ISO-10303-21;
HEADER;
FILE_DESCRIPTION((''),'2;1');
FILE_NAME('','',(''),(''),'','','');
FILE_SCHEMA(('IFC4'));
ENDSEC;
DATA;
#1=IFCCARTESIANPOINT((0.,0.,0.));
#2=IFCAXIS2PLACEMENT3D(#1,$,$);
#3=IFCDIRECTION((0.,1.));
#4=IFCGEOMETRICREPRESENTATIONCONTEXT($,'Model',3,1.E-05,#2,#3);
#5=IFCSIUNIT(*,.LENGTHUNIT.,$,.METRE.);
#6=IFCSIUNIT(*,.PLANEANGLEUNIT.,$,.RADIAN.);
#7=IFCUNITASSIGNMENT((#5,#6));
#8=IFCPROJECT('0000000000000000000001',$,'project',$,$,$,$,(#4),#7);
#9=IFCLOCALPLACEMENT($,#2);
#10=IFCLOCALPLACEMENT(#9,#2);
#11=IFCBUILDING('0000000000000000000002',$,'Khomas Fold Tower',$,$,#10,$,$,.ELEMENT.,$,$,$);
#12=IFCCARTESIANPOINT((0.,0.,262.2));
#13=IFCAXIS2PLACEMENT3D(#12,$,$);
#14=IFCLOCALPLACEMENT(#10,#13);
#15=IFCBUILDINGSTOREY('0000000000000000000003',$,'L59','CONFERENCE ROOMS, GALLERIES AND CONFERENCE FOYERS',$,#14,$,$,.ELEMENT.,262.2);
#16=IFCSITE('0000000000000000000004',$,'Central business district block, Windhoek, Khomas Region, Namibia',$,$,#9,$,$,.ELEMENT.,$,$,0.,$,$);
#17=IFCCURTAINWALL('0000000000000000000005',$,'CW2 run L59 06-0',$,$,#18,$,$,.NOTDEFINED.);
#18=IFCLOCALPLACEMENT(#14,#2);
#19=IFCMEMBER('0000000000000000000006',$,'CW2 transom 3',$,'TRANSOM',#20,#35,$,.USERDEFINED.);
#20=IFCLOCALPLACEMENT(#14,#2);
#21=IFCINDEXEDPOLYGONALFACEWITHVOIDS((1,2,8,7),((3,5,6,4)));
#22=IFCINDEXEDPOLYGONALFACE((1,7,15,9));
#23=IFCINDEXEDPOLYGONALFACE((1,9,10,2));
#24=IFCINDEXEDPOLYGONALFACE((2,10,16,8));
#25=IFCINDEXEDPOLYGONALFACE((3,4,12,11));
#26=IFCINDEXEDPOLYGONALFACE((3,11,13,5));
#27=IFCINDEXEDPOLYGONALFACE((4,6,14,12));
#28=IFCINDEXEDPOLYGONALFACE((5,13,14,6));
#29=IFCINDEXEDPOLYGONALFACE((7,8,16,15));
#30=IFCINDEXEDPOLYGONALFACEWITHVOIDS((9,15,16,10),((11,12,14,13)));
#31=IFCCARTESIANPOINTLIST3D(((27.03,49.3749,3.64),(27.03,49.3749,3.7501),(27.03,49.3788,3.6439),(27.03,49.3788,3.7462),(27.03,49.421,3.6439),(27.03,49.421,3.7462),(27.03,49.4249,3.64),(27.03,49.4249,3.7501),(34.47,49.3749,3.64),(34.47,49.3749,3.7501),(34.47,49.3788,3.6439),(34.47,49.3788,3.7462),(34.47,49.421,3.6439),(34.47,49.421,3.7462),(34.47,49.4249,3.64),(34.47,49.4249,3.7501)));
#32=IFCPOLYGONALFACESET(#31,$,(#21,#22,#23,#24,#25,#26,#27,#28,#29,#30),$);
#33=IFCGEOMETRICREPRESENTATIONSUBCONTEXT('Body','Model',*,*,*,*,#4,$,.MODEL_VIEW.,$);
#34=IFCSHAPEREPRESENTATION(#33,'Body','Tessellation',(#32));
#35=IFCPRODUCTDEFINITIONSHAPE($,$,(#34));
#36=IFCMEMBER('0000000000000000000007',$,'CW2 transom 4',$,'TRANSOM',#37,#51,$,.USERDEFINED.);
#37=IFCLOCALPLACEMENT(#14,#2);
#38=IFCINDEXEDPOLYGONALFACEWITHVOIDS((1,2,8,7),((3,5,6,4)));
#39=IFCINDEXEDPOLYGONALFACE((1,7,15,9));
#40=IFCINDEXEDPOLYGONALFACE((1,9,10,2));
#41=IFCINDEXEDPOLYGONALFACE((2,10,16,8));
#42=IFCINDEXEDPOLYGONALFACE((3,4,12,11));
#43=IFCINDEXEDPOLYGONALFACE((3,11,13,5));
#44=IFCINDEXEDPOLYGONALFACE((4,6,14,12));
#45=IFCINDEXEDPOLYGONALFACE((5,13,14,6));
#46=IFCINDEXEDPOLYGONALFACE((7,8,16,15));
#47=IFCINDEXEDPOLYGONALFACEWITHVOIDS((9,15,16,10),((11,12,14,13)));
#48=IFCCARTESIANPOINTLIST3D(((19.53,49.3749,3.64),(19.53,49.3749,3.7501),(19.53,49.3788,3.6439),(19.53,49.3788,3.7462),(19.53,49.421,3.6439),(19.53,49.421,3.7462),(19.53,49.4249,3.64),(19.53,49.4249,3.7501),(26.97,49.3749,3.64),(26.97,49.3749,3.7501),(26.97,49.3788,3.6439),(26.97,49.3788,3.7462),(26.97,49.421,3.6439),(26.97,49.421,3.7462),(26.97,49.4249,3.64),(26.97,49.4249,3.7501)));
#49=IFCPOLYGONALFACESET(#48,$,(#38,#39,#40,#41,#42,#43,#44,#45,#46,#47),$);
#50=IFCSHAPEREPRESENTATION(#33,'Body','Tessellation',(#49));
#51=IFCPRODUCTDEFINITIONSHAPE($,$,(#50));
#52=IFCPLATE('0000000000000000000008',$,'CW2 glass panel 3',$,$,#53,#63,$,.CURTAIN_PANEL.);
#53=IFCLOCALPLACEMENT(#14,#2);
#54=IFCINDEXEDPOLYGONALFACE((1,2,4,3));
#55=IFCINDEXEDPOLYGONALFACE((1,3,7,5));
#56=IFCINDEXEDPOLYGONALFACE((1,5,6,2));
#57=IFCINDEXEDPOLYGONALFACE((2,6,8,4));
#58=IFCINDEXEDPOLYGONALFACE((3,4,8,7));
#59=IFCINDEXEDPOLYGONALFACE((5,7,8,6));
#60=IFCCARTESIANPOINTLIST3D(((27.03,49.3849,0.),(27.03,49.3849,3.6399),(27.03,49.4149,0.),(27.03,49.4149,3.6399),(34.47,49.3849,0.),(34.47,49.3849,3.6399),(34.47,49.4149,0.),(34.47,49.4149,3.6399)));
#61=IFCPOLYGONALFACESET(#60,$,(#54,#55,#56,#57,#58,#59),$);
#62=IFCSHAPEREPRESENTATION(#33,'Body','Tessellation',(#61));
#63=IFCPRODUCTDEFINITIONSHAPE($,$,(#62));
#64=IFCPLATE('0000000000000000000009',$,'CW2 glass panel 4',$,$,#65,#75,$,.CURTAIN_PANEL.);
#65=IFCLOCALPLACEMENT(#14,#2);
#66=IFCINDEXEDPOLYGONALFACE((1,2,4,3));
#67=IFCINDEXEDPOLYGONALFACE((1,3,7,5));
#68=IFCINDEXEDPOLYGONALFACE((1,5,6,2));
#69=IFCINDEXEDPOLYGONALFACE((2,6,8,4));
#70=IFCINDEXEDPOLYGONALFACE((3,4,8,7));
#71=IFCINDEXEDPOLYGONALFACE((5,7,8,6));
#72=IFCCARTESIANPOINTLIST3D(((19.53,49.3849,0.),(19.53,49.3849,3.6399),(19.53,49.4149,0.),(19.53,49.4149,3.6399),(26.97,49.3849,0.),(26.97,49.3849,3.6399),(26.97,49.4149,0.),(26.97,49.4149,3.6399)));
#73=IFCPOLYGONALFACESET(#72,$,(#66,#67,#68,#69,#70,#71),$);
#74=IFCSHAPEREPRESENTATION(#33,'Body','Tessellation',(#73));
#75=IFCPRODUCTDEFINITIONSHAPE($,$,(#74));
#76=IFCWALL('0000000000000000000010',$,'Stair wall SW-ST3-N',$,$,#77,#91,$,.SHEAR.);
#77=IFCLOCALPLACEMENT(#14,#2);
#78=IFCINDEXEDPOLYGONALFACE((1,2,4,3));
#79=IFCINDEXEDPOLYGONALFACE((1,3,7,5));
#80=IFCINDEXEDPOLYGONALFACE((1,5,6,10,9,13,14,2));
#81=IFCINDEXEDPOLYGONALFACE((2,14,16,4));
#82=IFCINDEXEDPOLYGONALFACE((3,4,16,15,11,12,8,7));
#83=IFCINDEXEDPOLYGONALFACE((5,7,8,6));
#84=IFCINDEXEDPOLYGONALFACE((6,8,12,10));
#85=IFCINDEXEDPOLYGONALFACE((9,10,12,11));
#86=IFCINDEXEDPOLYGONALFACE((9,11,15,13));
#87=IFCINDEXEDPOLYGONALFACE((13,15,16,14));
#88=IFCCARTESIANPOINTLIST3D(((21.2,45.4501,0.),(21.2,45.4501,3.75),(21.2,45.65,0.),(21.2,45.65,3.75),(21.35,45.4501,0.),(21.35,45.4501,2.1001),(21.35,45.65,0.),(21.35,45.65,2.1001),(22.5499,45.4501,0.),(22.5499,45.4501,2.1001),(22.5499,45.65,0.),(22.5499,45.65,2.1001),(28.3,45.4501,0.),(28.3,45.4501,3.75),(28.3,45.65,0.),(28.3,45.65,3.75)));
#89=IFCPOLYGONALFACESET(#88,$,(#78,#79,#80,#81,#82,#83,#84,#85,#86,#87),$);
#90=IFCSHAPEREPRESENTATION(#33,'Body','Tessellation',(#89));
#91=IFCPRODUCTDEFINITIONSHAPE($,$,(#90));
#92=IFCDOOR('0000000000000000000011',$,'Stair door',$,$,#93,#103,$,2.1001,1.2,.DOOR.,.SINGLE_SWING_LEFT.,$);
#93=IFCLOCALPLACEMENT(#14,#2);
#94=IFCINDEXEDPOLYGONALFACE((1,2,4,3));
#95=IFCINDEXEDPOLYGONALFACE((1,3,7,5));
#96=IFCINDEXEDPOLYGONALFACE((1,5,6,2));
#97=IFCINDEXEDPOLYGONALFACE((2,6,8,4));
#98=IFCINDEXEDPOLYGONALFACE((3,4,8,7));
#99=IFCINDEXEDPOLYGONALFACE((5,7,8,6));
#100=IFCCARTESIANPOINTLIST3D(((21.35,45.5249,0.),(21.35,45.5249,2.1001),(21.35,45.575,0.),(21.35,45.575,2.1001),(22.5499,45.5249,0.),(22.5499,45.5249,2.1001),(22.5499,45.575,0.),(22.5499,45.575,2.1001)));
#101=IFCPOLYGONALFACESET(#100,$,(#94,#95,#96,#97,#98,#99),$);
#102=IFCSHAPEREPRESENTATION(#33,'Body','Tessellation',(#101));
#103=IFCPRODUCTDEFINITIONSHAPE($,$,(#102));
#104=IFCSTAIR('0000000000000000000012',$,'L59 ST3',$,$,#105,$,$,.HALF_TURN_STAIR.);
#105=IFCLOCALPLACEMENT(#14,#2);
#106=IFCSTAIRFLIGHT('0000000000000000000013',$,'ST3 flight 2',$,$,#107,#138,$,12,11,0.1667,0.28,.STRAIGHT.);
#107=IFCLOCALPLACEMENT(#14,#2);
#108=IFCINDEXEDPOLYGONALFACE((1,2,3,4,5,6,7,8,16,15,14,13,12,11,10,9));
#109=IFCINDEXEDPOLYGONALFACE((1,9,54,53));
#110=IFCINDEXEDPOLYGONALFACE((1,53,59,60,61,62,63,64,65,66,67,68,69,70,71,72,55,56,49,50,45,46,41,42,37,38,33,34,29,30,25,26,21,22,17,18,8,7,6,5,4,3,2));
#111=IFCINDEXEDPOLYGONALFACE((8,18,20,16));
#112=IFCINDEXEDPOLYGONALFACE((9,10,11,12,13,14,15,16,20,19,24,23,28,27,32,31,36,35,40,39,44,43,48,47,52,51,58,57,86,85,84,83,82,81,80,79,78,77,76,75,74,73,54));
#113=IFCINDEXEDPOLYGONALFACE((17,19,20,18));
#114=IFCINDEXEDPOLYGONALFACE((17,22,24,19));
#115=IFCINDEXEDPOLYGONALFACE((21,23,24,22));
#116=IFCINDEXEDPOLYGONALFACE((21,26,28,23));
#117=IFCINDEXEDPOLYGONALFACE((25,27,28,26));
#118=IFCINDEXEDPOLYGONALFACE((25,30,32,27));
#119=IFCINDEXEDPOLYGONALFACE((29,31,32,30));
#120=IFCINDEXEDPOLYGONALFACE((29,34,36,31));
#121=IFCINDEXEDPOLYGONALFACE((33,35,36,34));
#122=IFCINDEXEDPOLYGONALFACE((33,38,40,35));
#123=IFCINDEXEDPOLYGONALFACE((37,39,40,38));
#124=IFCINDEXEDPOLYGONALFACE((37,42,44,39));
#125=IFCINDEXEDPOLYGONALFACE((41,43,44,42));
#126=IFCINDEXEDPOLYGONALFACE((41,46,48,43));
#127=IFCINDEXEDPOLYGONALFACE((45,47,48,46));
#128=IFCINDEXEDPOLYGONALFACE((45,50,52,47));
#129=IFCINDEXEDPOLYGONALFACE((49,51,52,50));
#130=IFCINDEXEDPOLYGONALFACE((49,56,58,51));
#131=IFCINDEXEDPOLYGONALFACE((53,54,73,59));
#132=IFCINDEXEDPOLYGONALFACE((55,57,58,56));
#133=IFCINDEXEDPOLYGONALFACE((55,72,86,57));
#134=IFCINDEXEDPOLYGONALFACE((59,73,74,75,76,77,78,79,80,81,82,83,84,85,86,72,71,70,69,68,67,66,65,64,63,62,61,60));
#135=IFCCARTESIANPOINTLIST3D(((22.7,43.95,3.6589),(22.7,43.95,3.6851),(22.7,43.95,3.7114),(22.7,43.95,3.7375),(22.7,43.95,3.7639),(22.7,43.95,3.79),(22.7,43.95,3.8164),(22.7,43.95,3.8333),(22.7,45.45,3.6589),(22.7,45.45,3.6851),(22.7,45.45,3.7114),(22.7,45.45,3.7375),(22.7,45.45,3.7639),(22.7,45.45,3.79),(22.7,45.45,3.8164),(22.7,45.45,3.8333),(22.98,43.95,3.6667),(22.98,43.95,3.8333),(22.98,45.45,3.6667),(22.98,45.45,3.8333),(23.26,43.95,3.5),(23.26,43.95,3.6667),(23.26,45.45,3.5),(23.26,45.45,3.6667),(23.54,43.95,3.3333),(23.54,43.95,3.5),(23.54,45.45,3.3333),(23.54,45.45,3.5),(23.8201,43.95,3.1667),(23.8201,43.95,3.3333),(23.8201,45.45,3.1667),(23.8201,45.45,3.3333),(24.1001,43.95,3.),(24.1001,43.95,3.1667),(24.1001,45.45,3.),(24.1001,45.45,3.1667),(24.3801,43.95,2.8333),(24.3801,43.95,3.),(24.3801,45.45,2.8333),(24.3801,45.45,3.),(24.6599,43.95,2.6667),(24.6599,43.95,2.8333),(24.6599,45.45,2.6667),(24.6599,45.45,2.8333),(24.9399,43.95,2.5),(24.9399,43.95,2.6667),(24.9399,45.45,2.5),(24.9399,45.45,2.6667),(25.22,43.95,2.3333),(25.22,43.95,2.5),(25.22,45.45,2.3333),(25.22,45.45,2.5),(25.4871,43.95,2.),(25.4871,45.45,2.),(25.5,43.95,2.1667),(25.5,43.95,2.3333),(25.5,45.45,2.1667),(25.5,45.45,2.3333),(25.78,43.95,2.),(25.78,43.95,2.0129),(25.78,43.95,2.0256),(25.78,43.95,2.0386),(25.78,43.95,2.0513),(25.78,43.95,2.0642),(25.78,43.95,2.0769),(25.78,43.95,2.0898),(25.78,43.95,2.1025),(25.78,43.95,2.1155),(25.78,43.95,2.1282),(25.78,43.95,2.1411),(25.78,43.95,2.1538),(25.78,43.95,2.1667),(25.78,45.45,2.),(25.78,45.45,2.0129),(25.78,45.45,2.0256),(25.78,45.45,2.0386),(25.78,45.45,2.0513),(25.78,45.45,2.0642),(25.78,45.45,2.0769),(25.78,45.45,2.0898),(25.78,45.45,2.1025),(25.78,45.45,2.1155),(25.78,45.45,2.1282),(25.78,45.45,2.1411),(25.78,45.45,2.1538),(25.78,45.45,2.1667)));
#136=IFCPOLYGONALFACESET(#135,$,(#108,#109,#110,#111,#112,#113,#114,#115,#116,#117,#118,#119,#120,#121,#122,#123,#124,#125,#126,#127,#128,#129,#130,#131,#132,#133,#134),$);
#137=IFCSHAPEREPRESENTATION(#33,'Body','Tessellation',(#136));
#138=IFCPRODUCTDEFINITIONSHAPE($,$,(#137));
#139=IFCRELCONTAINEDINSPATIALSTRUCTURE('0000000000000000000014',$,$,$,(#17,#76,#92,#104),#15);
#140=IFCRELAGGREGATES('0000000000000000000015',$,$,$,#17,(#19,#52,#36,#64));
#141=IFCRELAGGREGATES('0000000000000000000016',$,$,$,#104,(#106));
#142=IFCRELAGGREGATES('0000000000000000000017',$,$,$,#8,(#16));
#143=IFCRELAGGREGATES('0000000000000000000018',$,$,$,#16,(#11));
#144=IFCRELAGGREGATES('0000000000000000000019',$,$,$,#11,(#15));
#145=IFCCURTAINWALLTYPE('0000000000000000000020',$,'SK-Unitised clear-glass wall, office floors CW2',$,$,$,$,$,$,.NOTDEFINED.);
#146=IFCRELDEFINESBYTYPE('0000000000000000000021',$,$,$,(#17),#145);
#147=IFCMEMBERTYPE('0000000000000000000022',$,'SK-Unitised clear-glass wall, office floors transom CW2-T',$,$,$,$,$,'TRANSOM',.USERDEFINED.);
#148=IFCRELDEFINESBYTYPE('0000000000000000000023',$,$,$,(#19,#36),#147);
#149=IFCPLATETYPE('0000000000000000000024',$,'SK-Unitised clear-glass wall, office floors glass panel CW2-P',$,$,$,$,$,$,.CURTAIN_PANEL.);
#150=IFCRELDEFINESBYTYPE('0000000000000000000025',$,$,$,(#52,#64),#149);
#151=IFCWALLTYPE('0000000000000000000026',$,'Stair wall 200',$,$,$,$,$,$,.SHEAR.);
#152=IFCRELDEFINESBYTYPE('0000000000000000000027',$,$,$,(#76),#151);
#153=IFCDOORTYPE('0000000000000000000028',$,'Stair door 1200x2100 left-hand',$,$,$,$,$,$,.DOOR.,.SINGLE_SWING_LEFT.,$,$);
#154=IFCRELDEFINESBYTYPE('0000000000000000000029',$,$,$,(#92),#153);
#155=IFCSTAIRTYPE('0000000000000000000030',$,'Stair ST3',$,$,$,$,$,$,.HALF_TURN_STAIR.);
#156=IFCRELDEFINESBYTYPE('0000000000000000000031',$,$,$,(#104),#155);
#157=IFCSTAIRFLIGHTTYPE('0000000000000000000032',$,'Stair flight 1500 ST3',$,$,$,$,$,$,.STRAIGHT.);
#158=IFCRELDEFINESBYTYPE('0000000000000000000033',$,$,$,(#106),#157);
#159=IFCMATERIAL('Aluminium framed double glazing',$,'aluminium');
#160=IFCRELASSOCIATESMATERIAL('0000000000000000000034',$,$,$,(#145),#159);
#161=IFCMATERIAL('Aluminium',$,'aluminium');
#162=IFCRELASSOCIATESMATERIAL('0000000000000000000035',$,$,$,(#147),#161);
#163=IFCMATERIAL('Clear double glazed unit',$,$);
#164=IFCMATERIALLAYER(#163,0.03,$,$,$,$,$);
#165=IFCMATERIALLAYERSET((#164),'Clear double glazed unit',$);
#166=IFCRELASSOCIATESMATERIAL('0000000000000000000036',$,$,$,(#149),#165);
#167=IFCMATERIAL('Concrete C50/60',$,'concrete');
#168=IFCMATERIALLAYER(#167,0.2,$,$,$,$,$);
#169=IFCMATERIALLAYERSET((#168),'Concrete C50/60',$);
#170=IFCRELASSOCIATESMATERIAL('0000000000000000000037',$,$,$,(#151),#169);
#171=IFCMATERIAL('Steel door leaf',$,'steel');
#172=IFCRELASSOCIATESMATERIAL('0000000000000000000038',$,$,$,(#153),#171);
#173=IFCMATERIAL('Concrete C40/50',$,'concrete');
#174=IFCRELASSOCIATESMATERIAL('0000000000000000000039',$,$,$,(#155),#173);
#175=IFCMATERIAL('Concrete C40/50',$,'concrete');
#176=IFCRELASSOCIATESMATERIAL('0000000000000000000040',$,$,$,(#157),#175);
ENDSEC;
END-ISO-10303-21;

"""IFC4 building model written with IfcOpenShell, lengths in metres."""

from ifc_helpers import new_model, si_unit, direction, frame, frame_2d, origin, origin_2d, place, context, subcontext, project, spatial, polyline, rectangle, hollow_rectangle, outline, extrude, source, transform, mapped, material, layer, layer_set, material_profile, profile_set, type_object, element, fill, aggregate, save


model = new_model("IFC4")

# Units and contexts
model_context = context("Model", 3, precision=1e-05, world=origin(), true_north=direction((0.0, 1.0)))
body_context = subcontext(model_context, "Body", "Model", "MODEL_VIEW")
ifc_project = project(units=[si_unit("LENGTHUNIT", "METRE"), si_unit("PLANEANGLEUNIT", "RADIAN")], contexts=[model_context])

# Site, building, storey
site_placement = place(None, origin())
site = spatial("IfcSite", under=ifc_project, at=site_placement, Name="Central business district block, Windhoek, Khomas Region, Namibia", CompositionType="ELEMENT", RefElevation=0.0)
building_placement = place(site_placement, origin())
building = spatial("IfcBuilding", under=site, at=building_placement, Name="Khomas Fold Tower", CompositionType="ELEMENT")
storey_placement = place(building_placement, frame((0.0, 0.0, 262.2)))
storey = spatial("IfcBuildingStorey", under=building, at=storey_placement, Name="L59", Description="CONFERENCE ROOMS, GALLERIES AND CONFERENCE FOYERS", CompositionType="ELEMENT", Elevation=262.2)

# Curtain wall, members, plates
ifc_material_1 = material(Name="Aluminium framed double glazing", Category="aluminium")
curtain_wall_type = type_object("IfcCurtainWallType", Name="SK-Unitised clear-glass wall, office floors CW2", PredefinedType="NOTDEFINED", material=ifc_material_1)
curtain_wall_placement = place(storey_placement, origin())
curtain_wall = element("IfcCurtainWall", 1, at=curtain_wall_placement, inside=storey, type_object=curtain_wall_type, Name="CW2 run L59 06-0", PredefinedType="NOTDEFINED")
ifc_material_2 = material(Name="Aluminium", Category="aluminium")
ifc_material_profile_1 = material_profile(ifc_material_2, hollow_rectangle(XDim=0.05, YDim=0.1101, WallThickness=0.0039, at=origin_2d()), Name="SK-Unitised clear-glass wall, office floors transom CW2-T")
ifc_profile_set_1 = profile_set([ifc_material_profile_1], Name="Aluminium")
member_type_1 = type_object("IfcMemberType", Name="SK-Unitised clear-glass wall, office floors transom CW2-T", ElementType="TRANSOM", PredefinedType="USERDEFINED", material=ifc_profile_set_1)
shared_shape_1 = source(origin(), body_context, "Body", "SweptSolid", [
    extrude(hollow_rectangle(XDim=0.05, YDim=0.1101, WallThickness=0.0039, at=origin_2d()), origin(), (0.0, 0.0, 1.0), 7.4399),
])
member_1_placement = place(storey_placement, frame((34.47, 49.3999, 3.6951), z_axis=(-1.0, 0.0, 0.0), x_axis=(0.0, -1.0, 0.0)))
member_1 = element("IfcMember", 2, at=member_1_placement, type_object=member_type_1, Name="CW2 transom 3", ObjectType="TRANSOM", PredefinedType="USERDEFINED", context=body_context, shape_type="MappedRepresentation", body=[
    mapped(shared_shape_1, transform((0.0, 0.0, 0.0))),
])
member_2_placement = place(storey_placement, frame((26.97, 49.3999, 3.6951), z_axis=(-1.0, 0.0, 0.0), x_axis=(0.0, -1.0, 0.0)))
member_2 = element("IfcMember", 3, at=member_2_placement, type_object=member_type_1, Name="CW2 transom 4", ObjectType="TRANSOM", PredefinedType="USERDEFINED", context=body_context, shape_type="MappedRepresentation", body=[
    mapped(shared_shape_1, transform((0.0, 0.0, 0.0))),
])
ifc_material_3 = material(Name="Clear double glazed unit")
ifc_layer_1 = layer(ifc_material_3, 0.03)
ifc_layer_set_1 = layer_set([ifc_layer_1], Name="Clear double glazed unit")
plate_type = type_object("IfcPlateType", Name="SK-Unitised clear-glass wall, office floors glass panel CW2-P", PredefinedType="CURTAIN_PANEL", material=ifc_layer_set_1)
shared_shape_2 = source(origin(), body_context, "Body", "SweptSolid", [
    extrude(rectangle(XDim=7.4399, YDim=0.03, at=origin_2d()), origin(), (0.0, 0.0, 1.0), 3.6399),
])
plate_1_placement = place(storey_placement, frame((30.75, 49.3999, 0.0), z_axis=(0.0, 0.0, 1.0), x_axis=(-1.0, 0.0, 0.0)))
plate_1 = element("IfcPlate", 4, at=plate_1_placement, type_object=plate_type, Name="CW2 glass panel 3", PredefinedType="CURTAIN_PANEL", context=body_context, shape_type="MappedRepresentation", body=[
    mapped(shared_shape_2, transform((0.0, 0.0, 0.0))),
])
plate_2_placement = place(storey_placement, frame((23.25, 49.3999, 0.0), z_axis=(0.0, 0.0, 1.0), x_axis=(-1.0, 0.0, 0.0)))
plate_2 = element("IfcPlate", 5, at=plate_2_placement, type_object=plate_type, Name="CW2 glass panel 4", PredefinedType="CURTAIN_PANEL", context=body_context, shape_type="MappedRepresentation", body=[
    mapped(shared_shape_2, transform((0.0, 0.0, 0.0))),
])
aggregate(curtain_wall, [member_1, plate_1, member_2, plate_2])

# Wall, opening, door
ifc_material_4 = material(Name="Concrete C50/60", Category="concrete")
ifc_layer_2 = layer(ifc_material_4, 0.2)
ifc_layer_set_2 = layer_set([ifc_layer_2], Name="Concrete C50/60")
wall_type = type_object("IfcWallType", Name="Stair wall 200", PredefinedType="SHEAR", material=ifc_layer_set_2)
shared_shape_3 = source(origin(), body_context, "Body", "SweptSolid", [
    extrude(rectangle(XDim=7.1001, YDim=0.2, at=frame_2d((3.55, 0.0))), origin(), (0.0, 0.0, 1.0), 3.75),
])
wall_placement = place(storey_placement, frame((21.2, 45.55, 0.0), z_axis=(0.0, 0.0, 1.0), x_axis=(1.0, 0.0, 0.0)))
wall = element("IfcWall", 6, at=wall_placement, inside=storey, type_object=wall_type, Name="Stair wall SW-ST3-N", PredefinedType="SHEAR", context=body_context, shape_type="MappedRepresentation", body=[
    mapped(shared_shape_3, transform((0.0, 0.0, 0.0))),
])
shared_shape_4 = source(origin(), body_context, "Body", "SweptSolid", [
    extrude(rectangle(XDim=1.2, YDim=2.1001, at=frame_2d((0.6001, 1.05))), frame((0.0, 0.1099, 0.0), z_axis=(0.0, -1.0, 0.0), x_axis=(1.0, 0.0, 0.0)), (0.0, 0.0, 1.0), 0.22),
])
opening_placement = place(wall_placement, frame((0.1499, 0.0, 0.0)))
opening = element("IfcOpeningElement", 7, at=opening_placement, cuts=wall, PredefinedType="OPENING", context=body_context, shape_type="MappedRepresentation", body=[
    mapped(shared_shape_4, transform((0.0, 0.0, 0.0))),
])
ifc_material_5 = material(Name="Steel door leaf", Category="steel")
door_type = type_object("IfcDoorType", Name="Stair door 1200x2100 left-hand", OperationType="SINGLE_SWING_LEFT", PredefinedType="DOOR", material=ifc_material_5)
shared_shape_5 = source(origin(), body_context, "Body", "SweptSolid", [
    extrude(rectangle(XDim=1.2, YDim=2.1001, at=frame_2d((0.6001, 1.05))), frame((0.0, 0.0249, 0.0), z_axis=(0.0, -1.0, 0.0), x_axis=(1.0, 0.0, 0.0)), (0.0, 0.0, 1.0), 0.05),
])
door_placement = place(opening_placement, origin())
door = element("IfcDoor", 8, at=door_placement, inside=storey, type_object=door_type, Name="Stair door", OperationType="SINGLE_SWING_LEFT", OverallHeight=2.1001, OverallWidth=1.2, PredefinedType="DOOR", context=body_context, shape_type="MappedRepresentation", body=[
    mapped(shared_shape_5, transform((0.0, 0.0, 0.0))),
])
fill(opening, door)

# Stair, stair flight
ifc_material_6 = material(Name="Concrete C40/50", Category="concrete")
stair_type = type_object("IfcStairType", Name="Stair ST3", PredefinedType="HALF_TURN_STAIR", material=ifc_material_6)
stair_placement = place(storey_placement, origin())
stair = element("IfcStair", 9, at=stair_placement, inside=storey, type_object=stair_type, Name="L59 ST3", PredefinedType="HALF_TURN_STAIR")
ifc_material_7 = material(Name="Concrete C40/50", Category="concrete")
stair_flight_type = type_object("IfcStairFlightType", Name="Stair flight 1500 ST3", PredefinedType="STRAIGHT", material=ifc_material_7)
shared_shape_6 = source(origin(), body_context, "Body", "SweptSolid", [
    extrude(outline(polyline([(0.0, 0.0), (0.0, 0.0129), (0.0, 0.0256), (0.0, 0.0386), (0.0, 0.0513), (0.0, 0.0642), (0.0, 0.0769), (0.0, 0.0898), (0.0, 0.1025), (0.0, 0.1155), (0.0, 0.1282), (0.0, 0.1411), (0.0, 0.1538), (0.0, 0.1667), (0.28, 0.1667), (0.28, 0.3333), (0.5601, 0.3333), (0.5601, 0.5), (0.8401, 0.5), (0.8401, 0.6667), (1.1201, 0.6667), (1.1201, 0.8333), (1.3999, 0.8333), (1.3999, 1.0), (1.6799, 1.0), (1.6799, 1.1667), (1.96, 1.1667), (1.96, 1.3333), (2.24, 1.3333), (2.24, 1.5), (2.52, 1.5), (2.52, 1.6667), (2.8, 1.6667), (2.8, 1.8333), (3.0801, 1.8333), (3.0801, 2.0), (3.0801, 1.9739), (3.0801, 1.9475), (3.0801, 1.9214), (3.0801, 1.895), (3.0801, 1.8689), (3.0801, 1.8425), (3.0801, 1.8164), (3.0801, 1.79), (3.0801, 1.7639), (3.0801, 1.7375), (3.0801, 1.7114), (3.0801, 1.6851), (3.0801, 1.6589), (0.293, 0.0), (0.0, 0.0)])), frame((0.0, 0.75, 0.0), z_axis=(0.0, -1.0, 0.0), x_axis=(1.0, 0.0, 0.0)), (0.0, 0.0, 1.0), 1.5),
])
stair_flight_placement = place(storey_placement, frame((25.78, 44.7, 2.0), z_axis=(0.0, 0.0, 1.0), x_axis=(-1.0, 0.0, 0.0)))
stair_flight = element("IfcStairFlight", 10, at=stair_flight_placement, type_object=stair_flight_type, Name="ST3 flight 2", NumberOfRisers=12, NumberOfTreads=11, PredefinedType="STRAIGHT", RiserHeight=0.1667, TreadLength=0.28, context=body_context, shape_type="MappedRepresentation", body=[
    mapped(shared_shape_6, transform((0.0, 0.0, 0.0))),
])
aggregate(stair, [stair_flight])

save(model, "model.ifc")
